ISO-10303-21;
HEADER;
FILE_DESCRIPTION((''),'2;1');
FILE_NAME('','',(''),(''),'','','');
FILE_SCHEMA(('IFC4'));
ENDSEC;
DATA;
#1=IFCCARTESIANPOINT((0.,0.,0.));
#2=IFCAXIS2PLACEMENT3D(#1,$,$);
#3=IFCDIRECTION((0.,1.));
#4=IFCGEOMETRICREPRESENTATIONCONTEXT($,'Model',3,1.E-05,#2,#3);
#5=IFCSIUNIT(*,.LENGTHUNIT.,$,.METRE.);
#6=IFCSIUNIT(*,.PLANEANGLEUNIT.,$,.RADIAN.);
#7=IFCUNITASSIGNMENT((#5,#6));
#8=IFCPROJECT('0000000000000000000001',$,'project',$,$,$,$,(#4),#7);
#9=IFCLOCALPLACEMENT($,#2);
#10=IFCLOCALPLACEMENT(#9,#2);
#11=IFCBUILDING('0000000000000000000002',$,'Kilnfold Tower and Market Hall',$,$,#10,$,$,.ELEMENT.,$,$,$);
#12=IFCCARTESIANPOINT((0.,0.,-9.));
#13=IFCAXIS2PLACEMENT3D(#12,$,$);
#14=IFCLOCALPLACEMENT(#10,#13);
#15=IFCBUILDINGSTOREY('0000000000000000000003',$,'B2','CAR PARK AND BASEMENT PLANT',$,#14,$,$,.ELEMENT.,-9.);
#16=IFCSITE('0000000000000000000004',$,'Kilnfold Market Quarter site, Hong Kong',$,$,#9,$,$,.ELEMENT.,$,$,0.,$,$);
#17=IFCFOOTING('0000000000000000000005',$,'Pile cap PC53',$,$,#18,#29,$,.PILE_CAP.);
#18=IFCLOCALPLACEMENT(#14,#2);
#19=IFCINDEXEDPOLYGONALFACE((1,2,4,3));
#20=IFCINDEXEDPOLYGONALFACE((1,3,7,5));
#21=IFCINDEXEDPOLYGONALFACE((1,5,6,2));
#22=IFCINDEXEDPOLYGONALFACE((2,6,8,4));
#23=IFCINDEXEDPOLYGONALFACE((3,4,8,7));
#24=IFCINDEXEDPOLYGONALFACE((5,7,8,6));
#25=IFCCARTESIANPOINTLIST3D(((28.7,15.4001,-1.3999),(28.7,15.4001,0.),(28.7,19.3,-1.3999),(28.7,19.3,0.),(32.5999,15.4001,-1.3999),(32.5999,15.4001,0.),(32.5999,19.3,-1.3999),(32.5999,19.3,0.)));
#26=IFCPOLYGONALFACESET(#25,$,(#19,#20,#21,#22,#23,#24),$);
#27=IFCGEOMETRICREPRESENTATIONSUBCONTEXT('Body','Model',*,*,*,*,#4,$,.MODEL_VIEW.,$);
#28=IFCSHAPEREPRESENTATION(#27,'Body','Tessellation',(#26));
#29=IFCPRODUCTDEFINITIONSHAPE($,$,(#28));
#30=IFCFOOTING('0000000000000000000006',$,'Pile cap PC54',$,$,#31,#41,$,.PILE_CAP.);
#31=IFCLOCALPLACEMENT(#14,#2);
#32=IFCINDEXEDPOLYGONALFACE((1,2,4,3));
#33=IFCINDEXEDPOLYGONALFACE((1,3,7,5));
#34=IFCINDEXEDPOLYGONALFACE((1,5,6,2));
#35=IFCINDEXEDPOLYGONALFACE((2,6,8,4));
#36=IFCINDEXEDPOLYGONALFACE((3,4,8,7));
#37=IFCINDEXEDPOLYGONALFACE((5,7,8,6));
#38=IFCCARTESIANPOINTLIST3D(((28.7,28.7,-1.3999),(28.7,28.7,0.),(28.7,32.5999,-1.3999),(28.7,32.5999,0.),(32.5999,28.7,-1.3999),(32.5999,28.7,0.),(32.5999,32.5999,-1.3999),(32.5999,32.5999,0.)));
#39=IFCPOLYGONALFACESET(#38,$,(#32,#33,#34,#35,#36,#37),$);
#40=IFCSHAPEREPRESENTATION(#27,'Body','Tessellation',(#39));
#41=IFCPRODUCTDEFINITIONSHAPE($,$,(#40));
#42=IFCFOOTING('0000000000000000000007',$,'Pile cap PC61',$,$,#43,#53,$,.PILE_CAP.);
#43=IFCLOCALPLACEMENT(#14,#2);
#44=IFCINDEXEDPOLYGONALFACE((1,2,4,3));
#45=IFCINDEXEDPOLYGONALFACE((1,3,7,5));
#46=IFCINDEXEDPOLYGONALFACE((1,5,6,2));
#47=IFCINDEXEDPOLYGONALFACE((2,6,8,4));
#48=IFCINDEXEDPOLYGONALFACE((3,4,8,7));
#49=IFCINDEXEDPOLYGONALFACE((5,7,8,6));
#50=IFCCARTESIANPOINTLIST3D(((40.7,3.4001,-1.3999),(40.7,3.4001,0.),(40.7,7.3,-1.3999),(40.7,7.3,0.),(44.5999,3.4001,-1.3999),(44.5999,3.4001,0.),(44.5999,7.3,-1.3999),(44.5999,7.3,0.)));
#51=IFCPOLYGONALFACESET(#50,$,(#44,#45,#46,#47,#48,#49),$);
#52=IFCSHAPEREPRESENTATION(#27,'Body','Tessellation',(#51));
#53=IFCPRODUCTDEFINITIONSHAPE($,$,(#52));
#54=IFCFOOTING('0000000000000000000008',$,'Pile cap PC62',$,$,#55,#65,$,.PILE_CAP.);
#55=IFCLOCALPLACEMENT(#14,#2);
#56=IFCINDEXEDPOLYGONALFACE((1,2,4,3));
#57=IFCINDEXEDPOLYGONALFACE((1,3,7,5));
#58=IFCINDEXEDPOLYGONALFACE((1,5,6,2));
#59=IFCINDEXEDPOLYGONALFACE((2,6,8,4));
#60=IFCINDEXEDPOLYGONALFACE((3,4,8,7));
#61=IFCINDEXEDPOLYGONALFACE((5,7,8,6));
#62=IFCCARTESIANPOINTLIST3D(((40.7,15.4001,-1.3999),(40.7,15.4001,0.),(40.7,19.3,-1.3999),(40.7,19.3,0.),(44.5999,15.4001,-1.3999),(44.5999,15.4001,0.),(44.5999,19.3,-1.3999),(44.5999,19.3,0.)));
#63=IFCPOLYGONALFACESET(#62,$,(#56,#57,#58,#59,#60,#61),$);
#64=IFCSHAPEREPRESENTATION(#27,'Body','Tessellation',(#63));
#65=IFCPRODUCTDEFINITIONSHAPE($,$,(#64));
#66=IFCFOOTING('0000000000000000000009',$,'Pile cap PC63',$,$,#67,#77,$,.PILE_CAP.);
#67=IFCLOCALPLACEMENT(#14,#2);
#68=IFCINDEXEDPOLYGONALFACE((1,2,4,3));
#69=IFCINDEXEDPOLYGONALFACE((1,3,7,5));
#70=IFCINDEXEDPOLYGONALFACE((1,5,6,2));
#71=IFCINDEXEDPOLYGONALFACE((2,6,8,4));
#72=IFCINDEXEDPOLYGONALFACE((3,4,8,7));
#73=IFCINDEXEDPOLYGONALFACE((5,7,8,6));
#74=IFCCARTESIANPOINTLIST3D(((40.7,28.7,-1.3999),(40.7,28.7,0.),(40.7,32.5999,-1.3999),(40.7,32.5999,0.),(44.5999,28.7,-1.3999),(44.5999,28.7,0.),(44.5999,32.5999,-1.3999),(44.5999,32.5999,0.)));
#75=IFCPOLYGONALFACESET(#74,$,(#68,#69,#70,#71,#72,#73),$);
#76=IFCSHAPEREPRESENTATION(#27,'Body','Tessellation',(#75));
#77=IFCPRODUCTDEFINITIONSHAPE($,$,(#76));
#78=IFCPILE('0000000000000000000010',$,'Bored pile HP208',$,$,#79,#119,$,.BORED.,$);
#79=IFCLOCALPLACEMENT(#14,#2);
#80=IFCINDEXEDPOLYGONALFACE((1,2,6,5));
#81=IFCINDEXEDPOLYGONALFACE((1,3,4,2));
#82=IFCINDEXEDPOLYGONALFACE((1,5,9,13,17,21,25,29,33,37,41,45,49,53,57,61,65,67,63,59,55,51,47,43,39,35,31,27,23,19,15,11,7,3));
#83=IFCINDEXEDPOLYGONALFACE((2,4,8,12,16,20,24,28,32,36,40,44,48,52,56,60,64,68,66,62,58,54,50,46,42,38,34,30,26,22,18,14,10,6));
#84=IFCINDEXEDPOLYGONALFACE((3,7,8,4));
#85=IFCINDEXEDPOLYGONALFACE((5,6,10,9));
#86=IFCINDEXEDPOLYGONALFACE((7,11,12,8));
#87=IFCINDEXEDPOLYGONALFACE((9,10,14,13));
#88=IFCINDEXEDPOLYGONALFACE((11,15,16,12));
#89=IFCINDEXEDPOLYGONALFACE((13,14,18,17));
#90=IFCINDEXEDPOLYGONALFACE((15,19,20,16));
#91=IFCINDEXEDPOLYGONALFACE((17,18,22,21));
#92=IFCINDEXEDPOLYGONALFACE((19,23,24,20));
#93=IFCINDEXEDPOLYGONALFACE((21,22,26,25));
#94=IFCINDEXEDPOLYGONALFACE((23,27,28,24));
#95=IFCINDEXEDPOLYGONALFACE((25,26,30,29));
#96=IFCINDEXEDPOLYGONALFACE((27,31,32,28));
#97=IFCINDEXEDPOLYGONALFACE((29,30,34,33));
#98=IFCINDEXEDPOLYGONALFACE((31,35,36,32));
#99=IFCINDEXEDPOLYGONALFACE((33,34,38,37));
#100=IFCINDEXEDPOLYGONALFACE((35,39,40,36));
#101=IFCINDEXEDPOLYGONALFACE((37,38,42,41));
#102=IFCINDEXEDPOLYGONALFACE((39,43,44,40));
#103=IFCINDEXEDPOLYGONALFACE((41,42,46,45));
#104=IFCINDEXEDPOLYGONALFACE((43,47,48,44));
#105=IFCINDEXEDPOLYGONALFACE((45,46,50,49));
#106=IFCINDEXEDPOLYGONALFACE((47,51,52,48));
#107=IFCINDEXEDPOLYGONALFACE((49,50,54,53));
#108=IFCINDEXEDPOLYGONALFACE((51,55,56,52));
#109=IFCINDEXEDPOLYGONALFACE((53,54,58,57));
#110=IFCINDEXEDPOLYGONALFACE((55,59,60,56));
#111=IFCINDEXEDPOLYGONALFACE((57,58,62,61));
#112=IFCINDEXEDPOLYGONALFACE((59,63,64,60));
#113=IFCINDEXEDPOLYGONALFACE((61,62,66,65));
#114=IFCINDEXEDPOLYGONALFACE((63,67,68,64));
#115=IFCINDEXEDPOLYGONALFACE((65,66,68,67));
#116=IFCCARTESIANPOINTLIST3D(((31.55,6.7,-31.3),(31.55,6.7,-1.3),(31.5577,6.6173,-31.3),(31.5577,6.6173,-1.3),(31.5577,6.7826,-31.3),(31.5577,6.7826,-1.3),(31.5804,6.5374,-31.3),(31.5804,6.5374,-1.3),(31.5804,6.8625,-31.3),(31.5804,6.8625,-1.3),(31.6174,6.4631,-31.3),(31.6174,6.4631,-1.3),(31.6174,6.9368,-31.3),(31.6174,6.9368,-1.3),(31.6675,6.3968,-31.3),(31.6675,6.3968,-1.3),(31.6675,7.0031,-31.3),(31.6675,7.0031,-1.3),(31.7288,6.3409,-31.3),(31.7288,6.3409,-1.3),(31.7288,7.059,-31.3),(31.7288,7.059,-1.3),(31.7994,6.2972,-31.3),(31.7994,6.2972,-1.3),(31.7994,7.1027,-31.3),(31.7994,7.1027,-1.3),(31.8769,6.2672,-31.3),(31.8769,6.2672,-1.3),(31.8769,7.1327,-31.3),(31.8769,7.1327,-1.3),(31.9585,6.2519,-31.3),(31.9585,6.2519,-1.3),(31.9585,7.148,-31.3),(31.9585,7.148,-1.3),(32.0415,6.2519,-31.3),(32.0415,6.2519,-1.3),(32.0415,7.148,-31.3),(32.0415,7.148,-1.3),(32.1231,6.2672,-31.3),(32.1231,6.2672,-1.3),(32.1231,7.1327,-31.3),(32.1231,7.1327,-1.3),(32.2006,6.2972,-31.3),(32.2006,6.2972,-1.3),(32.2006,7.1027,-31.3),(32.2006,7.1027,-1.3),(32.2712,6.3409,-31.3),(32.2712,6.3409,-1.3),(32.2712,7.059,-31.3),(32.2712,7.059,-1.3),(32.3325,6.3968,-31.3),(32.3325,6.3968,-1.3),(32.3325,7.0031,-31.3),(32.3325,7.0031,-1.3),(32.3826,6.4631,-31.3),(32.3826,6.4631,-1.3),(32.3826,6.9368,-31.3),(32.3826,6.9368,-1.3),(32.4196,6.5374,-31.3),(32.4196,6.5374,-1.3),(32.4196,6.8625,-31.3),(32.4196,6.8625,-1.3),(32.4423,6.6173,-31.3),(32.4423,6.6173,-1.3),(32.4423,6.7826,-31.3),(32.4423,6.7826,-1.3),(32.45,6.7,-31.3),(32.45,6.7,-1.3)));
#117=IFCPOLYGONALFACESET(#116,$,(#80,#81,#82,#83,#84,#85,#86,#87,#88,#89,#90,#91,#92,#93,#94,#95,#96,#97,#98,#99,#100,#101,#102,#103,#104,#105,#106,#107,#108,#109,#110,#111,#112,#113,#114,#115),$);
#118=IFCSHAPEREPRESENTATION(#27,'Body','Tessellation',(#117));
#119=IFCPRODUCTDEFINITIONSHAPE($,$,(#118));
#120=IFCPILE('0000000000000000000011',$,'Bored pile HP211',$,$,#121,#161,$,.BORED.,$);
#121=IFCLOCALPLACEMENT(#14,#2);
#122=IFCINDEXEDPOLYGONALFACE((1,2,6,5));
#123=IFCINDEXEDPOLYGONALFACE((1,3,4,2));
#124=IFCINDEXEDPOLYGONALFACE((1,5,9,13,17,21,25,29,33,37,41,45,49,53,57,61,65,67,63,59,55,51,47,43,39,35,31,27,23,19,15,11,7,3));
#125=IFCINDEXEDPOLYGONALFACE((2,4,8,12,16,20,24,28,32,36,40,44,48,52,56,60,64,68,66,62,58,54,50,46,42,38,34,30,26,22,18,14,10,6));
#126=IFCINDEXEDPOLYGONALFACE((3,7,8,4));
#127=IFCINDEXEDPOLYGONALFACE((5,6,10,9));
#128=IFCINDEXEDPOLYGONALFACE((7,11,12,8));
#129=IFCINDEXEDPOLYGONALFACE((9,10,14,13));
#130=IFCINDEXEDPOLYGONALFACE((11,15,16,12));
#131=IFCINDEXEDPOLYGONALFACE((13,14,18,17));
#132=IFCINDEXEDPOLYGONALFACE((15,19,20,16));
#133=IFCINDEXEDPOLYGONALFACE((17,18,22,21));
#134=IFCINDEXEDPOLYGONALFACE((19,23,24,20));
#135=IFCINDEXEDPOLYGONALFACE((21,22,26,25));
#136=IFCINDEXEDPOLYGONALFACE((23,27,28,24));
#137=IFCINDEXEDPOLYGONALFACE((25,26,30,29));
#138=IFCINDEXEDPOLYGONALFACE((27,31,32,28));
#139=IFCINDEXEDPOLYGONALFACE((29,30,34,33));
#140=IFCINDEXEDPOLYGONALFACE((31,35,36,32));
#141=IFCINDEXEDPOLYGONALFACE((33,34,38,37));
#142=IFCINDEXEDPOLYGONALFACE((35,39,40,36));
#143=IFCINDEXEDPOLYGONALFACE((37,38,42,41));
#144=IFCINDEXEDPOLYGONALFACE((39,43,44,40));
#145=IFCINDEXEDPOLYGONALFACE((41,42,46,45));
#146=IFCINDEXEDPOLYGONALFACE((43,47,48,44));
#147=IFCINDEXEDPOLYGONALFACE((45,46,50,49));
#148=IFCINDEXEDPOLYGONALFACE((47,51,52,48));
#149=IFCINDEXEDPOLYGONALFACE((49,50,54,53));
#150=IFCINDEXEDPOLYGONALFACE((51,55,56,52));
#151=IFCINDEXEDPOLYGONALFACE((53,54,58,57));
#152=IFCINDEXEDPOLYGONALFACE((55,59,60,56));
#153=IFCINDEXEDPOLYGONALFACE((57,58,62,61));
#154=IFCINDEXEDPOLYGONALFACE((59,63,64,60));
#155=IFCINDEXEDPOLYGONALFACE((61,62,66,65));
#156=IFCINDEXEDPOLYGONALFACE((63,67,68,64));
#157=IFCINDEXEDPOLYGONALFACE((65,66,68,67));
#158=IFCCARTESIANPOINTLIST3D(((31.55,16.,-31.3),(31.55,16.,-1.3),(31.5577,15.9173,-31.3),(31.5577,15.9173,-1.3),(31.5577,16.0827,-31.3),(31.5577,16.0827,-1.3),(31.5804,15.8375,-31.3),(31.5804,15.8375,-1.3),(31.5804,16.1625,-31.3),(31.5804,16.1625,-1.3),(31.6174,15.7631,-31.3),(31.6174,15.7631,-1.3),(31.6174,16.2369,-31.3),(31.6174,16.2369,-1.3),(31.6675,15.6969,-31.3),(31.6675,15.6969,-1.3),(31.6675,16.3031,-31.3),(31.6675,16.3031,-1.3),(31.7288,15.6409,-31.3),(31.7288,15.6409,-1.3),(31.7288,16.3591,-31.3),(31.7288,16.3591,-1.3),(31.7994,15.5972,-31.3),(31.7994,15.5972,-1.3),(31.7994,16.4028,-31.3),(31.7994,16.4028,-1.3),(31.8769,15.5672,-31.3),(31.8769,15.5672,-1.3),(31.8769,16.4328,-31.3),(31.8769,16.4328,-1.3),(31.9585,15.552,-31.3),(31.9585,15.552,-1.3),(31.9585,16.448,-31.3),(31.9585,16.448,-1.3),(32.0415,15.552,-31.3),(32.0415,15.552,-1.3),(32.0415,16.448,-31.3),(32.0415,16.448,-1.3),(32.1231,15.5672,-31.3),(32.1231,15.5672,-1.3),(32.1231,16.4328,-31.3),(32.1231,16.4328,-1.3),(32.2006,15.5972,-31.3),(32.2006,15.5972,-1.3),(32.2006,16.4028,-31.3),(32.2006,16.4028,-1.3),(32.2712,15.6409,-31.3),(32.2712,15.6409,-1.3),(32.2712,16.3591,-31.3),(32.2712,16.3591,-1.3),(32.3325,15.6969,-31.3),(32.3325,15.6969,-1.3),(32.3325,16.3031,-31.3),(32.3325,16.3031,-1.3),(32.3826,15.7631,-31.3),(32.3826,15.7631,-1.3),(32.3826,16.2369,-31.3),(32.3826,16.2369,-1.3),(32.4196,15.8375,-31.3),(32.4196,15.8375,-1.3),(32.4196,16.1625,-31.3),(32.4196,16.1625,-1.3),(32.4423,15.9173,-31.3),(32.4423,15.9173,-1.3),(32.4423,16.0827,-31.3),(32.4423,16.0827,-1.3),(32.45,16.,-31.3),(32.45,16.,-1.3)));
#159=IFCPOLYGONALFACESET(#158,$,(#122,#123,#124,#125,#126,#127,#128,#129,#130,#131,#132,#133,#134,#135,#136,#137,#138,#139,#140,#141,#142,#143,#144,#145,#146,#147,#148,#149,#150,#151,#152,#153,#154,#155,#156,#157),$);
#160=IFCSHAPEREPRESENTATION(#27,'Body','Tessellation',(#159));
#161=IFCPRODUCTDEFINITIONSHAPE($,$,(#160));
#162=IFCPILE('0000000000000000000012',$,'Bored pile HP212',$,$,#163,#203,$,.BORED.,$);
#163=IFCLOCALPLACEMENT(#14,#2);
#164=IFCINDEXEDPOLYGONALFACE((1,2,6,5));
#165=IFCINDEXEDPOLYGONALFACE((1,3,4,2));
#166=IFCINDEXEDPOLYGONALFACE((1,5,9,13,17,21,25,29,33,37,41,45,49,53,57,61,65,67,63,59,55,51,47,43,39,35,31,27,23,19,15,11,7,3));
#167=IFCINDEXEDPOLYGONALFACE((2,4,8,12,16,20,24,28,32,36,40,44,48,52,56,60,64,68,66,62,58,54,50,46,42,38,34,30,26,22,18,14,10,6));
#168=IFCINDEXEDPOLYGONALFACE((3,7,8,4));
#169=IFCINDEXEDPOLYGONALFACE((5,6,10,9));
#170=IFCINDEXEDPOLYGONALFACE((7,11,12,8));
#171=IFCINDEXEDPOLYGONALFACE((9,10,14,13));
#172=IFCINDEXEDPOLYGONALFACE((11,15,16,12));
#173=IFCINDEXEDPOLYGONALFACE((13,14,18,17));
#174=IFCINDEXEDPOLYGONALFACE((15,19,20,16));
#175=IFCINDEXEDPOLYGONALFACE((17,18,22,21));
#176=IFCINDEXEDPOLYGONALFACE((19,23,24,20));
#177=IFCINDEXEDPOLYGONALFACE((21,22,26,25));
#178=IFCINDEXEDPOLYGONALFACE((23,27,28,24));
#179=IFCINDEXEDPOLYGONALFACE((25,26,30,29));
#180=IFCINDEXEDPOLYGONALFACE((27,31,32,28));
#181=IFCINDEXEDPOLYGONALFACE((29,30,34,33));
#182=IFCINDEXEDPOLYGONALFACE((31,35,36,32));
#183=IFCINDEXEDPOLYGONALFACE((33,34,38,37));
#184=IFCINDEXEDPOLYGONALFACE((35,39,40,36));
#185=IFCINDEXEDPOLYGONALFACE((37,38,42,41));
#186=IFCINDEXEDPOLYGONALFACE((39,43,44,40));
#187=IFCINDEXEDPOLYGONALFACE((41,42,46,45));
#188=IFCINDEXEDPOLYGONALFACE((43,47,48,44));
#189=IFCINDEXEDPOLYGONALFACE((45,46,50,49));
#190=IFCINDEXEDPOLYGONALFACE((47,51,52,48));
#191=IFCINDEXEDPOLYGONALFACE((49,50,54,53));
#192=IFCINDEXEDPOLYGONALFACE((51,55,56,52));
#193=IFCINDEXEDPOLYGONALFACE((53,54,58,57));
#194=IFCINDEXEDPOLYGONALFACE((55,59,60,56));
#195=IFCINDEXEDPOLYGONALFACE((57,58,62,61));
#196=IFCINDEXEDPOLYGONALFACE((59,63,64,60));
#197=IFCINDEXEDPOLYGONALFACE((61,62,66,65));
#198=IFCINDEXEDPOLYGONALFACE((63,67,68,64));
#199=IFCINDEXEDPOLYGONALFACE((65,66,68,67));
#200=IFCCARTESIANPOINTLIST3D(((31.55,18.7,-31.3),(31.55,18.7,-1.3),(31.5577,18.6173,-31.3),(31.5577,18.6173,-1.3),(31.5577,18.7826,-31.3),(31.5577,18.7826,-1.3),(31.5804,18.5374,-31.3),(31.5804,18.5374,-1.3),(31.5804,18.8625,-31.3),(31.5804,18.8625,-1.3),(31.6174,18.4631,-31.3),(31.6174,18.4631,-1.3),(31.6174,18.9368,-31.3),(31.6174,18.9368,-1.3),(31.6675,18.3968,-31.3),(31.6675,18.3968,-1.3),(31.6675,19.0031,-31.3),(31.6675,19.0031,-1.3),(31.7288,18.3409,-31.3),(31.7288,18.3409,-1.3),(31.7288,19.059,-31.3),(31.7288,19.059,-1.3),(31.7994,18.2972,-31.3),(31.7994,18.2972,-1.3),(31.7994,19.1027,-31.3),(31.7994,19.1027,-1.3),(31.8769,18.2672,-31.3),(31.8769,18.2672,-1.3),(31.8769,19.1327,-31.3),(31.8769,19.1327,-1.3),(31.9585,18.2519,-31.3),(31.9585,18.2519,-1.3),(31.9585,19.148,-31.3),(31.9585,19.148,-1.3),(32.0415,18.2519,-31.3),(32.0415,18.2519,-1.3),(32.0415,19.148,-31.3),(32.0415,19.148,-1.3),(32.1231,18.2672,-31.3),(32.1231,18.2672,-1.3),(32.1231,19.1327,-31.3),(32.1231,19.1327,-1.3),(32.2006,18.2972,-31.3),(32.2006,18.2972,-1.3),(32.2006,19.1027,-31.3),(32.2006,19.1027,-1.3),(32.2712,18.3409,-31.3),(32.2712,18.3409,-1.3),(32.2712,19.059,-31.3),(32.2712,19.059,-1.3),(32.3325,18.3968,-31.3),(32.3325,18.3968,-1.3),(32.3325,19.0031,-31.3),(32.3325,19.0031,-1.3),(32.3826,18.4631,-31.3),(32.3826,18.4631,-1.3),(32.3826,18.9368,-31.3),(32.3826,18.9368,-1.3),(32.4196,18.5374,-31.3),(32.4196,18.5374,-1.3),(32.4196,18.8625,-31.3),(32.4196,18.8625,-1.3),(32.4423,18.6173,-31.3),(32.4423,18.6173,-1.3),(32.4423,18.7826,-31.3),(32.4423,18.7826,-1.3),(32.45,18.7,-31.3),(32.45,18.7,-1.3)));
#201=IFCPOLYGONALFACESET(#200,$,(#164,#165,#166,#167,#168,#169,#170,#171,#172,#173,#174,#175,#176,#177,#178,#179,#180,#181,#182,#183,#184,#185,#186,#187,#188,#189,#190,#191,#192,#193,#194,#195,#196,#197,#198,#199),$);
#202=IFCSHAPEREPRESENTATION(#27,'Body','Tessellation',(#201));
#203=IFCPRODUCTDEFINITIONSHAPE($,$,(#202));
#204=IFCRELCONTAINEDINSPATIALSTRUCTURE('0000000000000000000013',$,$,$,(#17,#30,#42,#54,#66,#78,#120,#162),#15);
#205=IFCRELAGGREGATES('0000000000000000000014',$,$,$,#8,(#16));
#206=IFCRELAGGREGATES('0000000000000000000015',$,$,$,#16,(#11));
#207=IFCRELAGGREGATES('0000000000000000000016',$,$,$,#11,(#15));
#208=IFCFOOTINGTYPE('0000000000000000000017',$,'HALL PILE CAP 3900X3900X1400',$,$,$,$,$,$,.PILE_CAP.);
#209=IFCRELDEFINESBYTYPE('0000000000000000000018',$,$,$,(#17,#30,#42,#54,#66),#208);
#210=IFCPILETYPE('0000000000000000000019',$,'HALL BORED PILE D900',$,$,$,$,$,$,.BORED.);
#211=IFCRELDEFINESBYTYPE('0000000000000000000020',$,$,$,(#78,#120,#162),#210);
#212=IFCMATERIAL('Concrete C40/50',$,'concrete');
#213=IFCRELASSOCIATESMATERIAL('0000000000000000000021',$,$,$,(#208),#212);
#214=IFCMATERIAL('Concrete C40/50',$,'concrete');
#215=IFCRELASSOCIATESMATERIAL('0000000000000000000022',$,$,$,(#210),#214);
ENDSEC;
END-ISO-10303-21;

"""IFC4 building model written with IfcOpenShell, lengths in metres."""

from ifc_helpers import new_model, si_unit, direction, frame, origin, origin_2d, place, context, subcontext, project, spatial, rectangle, circle, extrude, source, transform, mapped, material, material_profile, profile_set, type_object, element, save


model = new_model("IFC4")

# Units and contexts
model_context = context("Model", 3, precision=1e-05, world=origin(), true_north=direction((0.0, 1.0)))
body_context = subcontext(model_context, "Body", "Model", "MODEL_VIEW")
ifc_project = project(units=[si_unit("LENGTHUNIT", "METRE"), si_unit("PLANEANGLEUNIT", "RADIAN")], contexts=[model_context])

# Site, building, storey
site_placement = place(None, origin())
site = spatial("IfcSite", under=ifc_project, at=site_placement, Name="Kilnfold Market Quarter site, Hong Kong", CompositionType="ELEMENT", RefElevation=0.0)
building_placement = place(site_placement, origin())
building = spatial("IfcBuilding", under=site, at=building_placement, Name="Kilnfold Tower and Market Hall", CompositionType="ELEMENT")
storey_placement = place(building_placement, frame((0.0, 0.0, -9.0)))
storey = spatial("IfcBuildingStorey", under=building, at=storey_placement, Name="B2", Description="CAR PARK AND BASEMENT PLANT", CompositionType="ELEMENT", Elevation=-9.0)

# Footings
ifc_material_1 = material(Name="Concrete C40/50", Category="concrete")
footing_type = type_object("IfcFootingType", Name="HALL PILE CAP 3900X3900X1400", PredefinedType="PILE_CAP", material=ifc_material_1)
shared_shape_1 = source(origin(), body_context, "Body", "SweptSolid", [
    extrude(rectangle(XDim=3.8999, YDim=3.8999, at=origin_2d()), origin(), (0.0, 0.0, 1.0), 1.3999),
])
for number, where, z_axis, x_axis, name in (
    (1, (30.6499, 17.3501, -1.3999), (0.0, 0.0, 1.0), (1.0, 0.0, 0.0), "Pile cap PC53"),
    (2, (30.6499, 30.6499, -1.3999), (0.0, 0.0, 1.0), (1.0, 0.0, 0.0), "Pile cap PC54"),
    (3, (42.6499, 5.3501, -1.3999), (0.0, 0.0, 1.0), (1.0, 0.0, 0.0), "Pile cap PC61"),
    (4, (42.6499, 17.3501, -1.3999), (0.0, 0.0, 1.0), (1.0, 0.0, 0.0), "Pile cap PC62"),
    (5, (42.6499, 30.6499, -1.3999), (0.0, 0.0, 1.0), (1.0, 0.0, 0.0), "Pile cap PC63"),
):
    element("IfcFooting", number, at=place(storey_placement, frame(where, z_axis=z_axis, x_axis=x_axis)), inside=storey, type_object=footing_type, Name=name, PredefinedType="PILE_CAP", context=body_context, shape_type="MappedRepresentation", body=[
        mapped(shared_shape_1, transform((0.0, 0.0, 0.0))),
    ])

# Piles
ifc_material_2 = material(Name="Concrete C40/50", Category="concrete")
ifc_material_profile_1 = material_profile(ifc_material_2, circle(Radius=0.45, at=origin_2d()), Name="D900")
ifc_profile_set_1 = profile_set([ifc_material_profile_1], Name="Concrete C40/50")
pile_type = type_object("IfcPileType", Name="HALL BORED PILE D900", PredefinedType="BORED", material=ifc_profile_set_1)
shared_shape_2 = source(origin(), body_context, "Body", "SweptSolid", [
    extrude(circle(Radius=0.45, at=origin_2d()), origin(), (0.0, 0.0, 1.0), 30.0),
])
for number, where, z_axis, x_axis, name in (
    (6, (32.0, 6.7, -1.3), (0.0, 0.0, -1.0), (1.0, 0.0, 0.0), "Bored pile HP208"),
    (7, (32.0, 16.0, -1.3), (0.0, 0.0, -1.0), (1.0, 0.0, 0.0), "Bored pile HP211"),
    (8, (32.0, 18.7, -1.3), (0.0, 0.0, -1.0), (1.0, 0.0, 0.0), "Bored pile HP212"),
):
    element("IfcPile", number, at=place(storey_placement, frame(where, z_axis=z_axis, x_axis=x_axis)), inside=storey, type_object=pile_type, Name=name, PredefinedType="BORED", context=body_context, shape_type="MappedRepresentation", body=[
        mapped(shared_shape_2, transform((0.0, 0.0, 0.0))),
    ])

save(model, "model.ifc")
